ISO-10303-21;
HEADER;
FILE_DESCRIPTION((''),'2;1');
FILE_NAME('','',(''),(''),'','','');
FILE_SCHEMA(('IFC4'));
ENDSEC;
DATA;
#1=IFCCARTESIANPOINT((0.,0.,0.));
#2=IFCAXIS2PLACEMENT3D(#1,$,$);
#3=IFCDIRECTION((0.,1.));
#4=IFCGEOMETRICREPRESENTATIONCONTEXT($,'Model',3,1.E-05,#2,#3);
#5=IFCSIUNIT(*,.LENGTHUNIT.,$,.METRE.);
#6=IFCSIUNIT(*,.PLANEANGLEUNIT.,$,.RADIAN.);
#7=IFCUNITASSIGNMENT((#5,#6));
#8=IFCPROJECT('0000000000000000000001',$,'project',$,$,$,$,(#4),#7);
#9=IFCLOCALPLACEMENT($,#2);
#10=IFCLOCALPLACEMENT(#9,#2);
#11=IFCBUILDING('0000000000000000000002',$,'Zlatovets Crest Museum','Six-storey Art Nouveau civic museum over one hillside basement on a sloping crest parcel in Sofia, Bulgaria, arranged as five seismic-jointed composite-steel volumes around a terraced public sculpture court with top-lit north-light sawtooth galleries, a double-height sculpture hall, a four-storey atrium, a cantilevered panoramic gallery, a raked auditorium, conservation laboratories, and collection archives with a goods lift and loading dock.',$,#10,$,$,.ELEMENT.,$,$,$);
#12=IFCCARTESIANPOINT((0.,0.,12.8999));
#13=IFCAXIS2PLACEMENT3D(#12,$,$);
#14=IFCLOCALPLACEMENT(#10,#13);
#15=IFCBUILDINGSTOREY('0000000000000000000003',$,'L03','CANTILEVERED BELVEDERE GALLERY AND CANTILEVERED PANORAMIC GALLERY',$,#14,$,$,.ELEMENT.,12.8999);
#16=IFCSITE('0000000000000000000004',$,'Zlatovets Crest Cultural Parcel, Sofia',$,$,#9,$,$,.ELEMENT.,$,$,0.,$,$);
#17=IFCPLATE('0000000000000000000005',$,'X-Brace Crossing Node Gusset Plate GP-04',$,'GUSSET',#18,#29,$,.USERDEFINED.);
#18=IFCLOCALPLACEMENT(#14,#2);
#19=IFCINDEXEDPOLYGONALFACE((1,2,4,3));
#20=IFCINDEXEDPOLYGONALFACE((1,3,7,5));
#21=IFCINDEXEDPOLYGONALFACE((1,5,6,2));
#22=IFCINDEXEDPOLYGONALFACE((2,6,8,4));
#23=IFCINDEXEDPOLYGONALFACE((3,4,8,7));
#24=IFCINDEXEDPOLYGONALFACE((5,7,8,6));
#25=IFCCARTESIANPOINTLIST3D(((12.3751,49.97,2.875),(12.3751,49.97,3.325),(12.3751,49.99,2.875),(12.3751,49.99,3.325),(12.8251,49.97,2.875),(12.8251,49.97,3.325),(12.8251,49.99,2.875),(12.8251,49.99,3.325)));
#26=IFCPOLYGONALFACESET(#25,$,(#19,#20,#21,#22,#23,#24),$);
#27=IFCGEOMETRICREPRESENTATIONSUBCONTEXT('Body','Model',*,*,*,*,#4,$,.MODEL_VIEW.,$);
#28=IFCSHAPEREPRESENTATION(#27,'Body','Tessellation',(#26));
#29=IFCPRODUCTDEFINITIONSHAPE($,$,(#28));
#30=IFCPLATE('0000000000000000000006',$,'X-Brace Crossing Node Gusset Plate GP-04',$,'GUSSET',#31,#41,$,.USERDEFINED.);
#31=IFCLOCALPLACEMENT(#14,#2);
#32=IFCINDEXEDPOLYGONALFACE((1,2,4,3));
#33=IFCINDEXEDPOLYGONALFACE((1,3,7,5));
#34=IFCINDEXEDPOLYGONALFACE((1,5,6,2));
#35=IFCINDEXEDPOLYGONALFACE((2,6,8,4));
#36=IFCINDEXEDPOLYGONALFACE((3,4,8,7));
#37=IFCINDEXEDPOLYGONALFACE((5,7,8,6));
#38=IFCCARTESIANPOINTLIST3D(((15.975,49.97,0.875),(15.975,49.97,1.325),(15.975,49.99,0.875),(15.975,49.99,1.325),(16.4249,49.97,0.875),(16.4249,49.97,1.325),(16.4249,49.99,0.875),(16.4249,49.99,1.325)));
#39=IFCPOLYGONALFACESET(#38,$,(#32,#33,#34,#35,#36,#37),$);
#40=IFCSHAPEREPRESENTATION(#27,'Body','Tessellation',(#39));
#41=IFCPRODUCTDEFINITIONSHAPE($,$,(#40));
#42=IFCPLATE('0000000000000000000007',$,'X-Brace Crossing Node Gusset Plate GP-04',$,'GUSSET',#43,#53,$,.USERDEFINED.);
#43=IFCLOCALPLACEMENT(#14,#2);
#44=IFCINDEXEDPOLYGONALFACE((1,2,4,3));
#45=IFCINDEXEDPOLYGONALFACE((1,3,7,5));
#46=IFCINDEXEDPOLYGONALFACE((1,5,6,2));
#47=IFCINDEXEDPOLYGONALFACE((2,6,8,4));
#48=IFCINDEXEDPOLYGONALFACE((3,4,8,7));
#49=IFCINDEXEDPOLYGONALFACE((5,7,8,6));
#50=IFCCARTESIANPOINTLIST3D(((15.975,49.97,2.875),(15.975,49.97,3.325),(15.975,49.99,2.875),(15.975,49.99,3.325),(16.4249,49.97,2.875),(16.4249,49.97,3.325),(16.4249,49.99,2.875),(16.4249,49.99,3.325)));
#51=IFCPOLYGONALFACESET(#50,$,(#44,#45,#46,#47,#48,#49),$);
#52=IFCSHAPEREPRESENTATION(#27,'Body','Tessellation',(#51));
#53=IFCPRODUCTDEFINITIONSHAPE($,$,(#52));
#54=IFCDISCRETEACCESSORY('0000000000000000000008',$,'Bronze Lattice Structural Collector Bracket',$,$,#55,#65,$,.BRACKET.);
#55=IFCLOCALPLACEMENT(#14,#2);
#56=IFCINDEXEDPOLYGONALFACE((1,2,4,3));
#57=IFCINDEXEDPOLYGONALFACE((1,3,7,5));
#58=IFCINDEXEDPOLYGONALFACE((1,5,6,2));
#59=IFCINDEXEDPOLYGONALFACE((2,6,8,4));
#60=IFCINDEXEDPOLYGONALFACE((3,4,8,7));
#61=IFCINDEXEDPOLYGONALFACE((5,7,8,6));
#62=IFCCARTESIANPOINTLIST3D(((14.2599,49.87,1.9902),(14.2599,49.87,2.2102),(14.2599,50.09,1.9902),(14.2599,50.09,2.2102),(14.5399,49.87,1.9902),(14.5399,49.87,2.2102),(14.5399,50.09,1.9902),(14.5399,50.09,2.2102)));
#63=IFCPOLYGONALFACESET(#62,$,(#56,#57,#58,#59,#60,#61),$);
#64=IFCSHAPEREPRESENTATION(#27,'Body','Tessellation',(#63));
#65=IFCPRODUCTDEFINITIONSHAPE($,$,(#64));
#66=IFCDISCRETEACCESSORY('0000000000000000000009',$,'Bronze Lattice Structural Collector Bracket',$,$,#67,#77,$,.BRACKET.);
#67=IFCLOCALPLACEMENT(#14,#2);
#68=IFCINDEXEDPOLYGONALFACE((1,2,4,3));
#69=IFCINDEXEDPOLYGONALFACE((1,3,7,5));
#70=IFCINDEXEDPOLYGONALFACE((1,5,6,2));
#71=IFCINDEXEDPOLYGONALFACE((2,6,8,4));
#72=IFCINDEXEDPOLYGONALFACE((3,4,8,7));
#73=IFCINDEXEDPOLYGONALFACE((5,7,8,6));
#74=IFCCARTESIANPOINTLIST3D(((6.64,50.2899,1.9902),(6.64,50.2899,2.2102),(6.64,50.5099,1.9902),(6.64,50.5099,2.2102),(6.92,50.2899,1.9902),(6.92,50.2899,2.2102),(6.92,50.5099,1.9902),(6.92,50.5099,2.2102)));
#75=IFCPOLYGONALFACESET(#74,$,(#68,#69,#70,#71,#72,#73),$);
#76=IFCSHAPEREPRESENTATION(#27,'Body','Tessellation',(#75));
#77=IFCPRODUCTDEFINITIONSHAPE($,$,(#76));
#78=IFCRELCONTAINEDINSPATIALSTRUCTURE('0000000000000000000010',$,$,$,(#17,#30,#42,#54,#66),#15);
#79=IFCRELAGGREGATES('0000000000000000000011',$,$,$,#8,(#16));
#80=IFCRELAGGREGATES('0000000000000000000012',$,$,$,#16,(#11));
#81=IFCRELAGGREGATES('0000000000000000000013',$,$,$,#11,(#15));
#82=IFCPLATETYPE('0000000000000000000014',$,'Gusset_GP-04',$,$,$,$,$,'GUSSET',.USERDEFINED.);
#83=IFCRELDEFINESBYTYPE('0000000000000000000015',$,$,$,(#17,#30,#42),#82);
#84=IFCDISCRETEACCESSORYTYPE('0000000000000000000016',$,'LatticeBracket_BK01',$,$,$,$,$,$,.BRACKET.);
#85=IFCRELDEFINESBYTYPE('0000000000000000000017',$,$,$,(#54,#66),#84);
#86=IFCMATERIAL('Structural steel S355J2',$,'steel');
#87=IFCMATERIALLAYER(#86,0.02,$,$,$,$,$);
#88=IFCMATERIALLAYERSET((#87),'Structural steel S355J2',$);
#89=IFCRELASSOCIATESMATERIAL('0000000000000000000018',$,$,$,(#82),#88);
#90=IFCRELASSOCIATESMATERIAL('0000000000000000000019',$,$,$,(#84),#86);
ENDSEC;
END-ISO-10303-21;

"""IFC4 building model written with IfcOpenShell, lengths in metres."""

from ifc_helpers import new_model, si_unit, direction, frame, origin, origin_2d, place, context, subcontext, project, spatial, rectangle, extrude, material, layer, layer_set, type_object, element, save


model = new_model("IFC4")

# Units and contexts
model_context = context("Model", 3, precision=1e-05, world=origin(), true_north=direction((0.0, 1.0)))
body_context = subcontext(model_context, "Body", "Model", "MODEL_VIEW")
ifc_project = project(units=[si_unit("LENGTHUNIT", "METRE"), si_unit("PLANEANGLEUNIT", "RADIAN")], contexts=[model_context])

# Site, building, storey
site_placement = place(None, origin())
site = spatial("IfcSite", under=ifc_project, at=site_placement, Name="Zlatovets Crest Cultural Parcel, Sofia", CompositionType="ELEMENT", RefElevation=0.0)
building_placement = place(site_placement, origin())
building = spatial("IfcBuilding", under=site, at=building_placement, Name="Zlatovets Crest Museum", Description="Six-storey Art Nouveau civic museum over one hillside basement on a sloping crest parcel in Sofia, Bulgaria, arranged as five seismic-jointed composite-steel volumes around a terraced public sculpture court with top-lit north-light sawtooth galleries, a double-height sculpture hall, a four-storey atrium, a cantilevered panoramic gallery, a raked auditorium, conservation laboratories, and collection archives with a goods lift and loading dock.", CompositionType="ELEMENT")
storey_placement = place(building_placement, frame((0.0, 0.0, 12.8999)))
storey = spatial("IfcBuildingStorey", under=building, at=storey_placement, Name="L03", Description="CANTILEVERED BELVEDERE GALLERY AND CANTILEVERED PANORAMIC GALLERY", CompositionType="ELEMENT", Elevation=12.8999)

# Shared definitions
ifc_material_1 = material(Name="Structural steel S355J2", Category="steel")

# Plates
ifc_layer_1 = layer(ifc_material_1, 0.02)
ifc_layer_set_1 = layer_set([ifc_layer_1], Name="Structural steel S355J2")
plate_type_1 = type_object("IfcPlateType", Name="Gusset_GP-04", ElementType="GUSSET", PredefinedType="USERDEFINED", material=ifc_layer_set_1)
for number, where, z_axis, x_axis, name in (
    (1, (12.6001, 49.98, 2.875), (0.0, 0.0, 1.0), (1.0, 0.0, 0.0), "X-Brace Crossing Node Gusset Plate GP-04"),
    (2, (16.2, 49.98, 0.875), (0.0, 0.0, 1.0), (1.0, 0.0, 0.0), "X-Brace Crossing Node Gusset Plate GP-04"),
    (3, (16.2, 49.98, 2.875), (0.0, 0.0, 1.0), (1.0, 0.0, 0.0), "X-Brace Crossing Node Gusset Plate GP-04"),
):
    element("IfcPlate", number, at=place(storey_placement, frame(where, z_axis=z_axis, x_axis=x_axis)), inside=storey, type_object=plate_type_1, Name=name, ObjectType="GUSSET", PredefinedType="USERDEFINED", context=body_context, shape_type="SweptSolid", body=[
        extrude(rectangle(XDim=0.45, YDim=0.02, at=origin_2d()), origin(), (0.0, 0.0, 1.0), 0.45),
    ])

# Discrete accessories
discrete_accessory_type = type_object("IfcDiscreteAccessoryType", Name="LatticeBracket_BK01", PredefinedType="BRACKET", material=ifc_material_1)
for number, where, z_axis, x_axis, name in (
    (4, (14.3999, 49.98, 1.9902), (0.0, 0.0, 1.0), (1.0, 0.0, 0.0), "Bronze Lattice Structural Collector Bracket"),
    (5, (6.78, 50.3999, 1.9902), (0.0, 0.0, 1.0), (1.0, 0.0, 0.0), "Bronze Lattice Structural Collector Bracket"),
):
    element("IfcDiscreteAccessory", number, at=place(storey_placement, frame(where, z_axis=z_axis, x_axis=x_axis)), inside=storey, type_object=discrete_accessory_type, Name=name, PredefinedType="BRACKET", context=body_context, shape_type="SweptSolid", body=[
        extrude(rectangle(XDim=0.28, YDim=0.22, at=origin_2d()), origin(), (0.0, 0.0, 1.0), 0.22),
    ])

save(model, "model.ifc")
